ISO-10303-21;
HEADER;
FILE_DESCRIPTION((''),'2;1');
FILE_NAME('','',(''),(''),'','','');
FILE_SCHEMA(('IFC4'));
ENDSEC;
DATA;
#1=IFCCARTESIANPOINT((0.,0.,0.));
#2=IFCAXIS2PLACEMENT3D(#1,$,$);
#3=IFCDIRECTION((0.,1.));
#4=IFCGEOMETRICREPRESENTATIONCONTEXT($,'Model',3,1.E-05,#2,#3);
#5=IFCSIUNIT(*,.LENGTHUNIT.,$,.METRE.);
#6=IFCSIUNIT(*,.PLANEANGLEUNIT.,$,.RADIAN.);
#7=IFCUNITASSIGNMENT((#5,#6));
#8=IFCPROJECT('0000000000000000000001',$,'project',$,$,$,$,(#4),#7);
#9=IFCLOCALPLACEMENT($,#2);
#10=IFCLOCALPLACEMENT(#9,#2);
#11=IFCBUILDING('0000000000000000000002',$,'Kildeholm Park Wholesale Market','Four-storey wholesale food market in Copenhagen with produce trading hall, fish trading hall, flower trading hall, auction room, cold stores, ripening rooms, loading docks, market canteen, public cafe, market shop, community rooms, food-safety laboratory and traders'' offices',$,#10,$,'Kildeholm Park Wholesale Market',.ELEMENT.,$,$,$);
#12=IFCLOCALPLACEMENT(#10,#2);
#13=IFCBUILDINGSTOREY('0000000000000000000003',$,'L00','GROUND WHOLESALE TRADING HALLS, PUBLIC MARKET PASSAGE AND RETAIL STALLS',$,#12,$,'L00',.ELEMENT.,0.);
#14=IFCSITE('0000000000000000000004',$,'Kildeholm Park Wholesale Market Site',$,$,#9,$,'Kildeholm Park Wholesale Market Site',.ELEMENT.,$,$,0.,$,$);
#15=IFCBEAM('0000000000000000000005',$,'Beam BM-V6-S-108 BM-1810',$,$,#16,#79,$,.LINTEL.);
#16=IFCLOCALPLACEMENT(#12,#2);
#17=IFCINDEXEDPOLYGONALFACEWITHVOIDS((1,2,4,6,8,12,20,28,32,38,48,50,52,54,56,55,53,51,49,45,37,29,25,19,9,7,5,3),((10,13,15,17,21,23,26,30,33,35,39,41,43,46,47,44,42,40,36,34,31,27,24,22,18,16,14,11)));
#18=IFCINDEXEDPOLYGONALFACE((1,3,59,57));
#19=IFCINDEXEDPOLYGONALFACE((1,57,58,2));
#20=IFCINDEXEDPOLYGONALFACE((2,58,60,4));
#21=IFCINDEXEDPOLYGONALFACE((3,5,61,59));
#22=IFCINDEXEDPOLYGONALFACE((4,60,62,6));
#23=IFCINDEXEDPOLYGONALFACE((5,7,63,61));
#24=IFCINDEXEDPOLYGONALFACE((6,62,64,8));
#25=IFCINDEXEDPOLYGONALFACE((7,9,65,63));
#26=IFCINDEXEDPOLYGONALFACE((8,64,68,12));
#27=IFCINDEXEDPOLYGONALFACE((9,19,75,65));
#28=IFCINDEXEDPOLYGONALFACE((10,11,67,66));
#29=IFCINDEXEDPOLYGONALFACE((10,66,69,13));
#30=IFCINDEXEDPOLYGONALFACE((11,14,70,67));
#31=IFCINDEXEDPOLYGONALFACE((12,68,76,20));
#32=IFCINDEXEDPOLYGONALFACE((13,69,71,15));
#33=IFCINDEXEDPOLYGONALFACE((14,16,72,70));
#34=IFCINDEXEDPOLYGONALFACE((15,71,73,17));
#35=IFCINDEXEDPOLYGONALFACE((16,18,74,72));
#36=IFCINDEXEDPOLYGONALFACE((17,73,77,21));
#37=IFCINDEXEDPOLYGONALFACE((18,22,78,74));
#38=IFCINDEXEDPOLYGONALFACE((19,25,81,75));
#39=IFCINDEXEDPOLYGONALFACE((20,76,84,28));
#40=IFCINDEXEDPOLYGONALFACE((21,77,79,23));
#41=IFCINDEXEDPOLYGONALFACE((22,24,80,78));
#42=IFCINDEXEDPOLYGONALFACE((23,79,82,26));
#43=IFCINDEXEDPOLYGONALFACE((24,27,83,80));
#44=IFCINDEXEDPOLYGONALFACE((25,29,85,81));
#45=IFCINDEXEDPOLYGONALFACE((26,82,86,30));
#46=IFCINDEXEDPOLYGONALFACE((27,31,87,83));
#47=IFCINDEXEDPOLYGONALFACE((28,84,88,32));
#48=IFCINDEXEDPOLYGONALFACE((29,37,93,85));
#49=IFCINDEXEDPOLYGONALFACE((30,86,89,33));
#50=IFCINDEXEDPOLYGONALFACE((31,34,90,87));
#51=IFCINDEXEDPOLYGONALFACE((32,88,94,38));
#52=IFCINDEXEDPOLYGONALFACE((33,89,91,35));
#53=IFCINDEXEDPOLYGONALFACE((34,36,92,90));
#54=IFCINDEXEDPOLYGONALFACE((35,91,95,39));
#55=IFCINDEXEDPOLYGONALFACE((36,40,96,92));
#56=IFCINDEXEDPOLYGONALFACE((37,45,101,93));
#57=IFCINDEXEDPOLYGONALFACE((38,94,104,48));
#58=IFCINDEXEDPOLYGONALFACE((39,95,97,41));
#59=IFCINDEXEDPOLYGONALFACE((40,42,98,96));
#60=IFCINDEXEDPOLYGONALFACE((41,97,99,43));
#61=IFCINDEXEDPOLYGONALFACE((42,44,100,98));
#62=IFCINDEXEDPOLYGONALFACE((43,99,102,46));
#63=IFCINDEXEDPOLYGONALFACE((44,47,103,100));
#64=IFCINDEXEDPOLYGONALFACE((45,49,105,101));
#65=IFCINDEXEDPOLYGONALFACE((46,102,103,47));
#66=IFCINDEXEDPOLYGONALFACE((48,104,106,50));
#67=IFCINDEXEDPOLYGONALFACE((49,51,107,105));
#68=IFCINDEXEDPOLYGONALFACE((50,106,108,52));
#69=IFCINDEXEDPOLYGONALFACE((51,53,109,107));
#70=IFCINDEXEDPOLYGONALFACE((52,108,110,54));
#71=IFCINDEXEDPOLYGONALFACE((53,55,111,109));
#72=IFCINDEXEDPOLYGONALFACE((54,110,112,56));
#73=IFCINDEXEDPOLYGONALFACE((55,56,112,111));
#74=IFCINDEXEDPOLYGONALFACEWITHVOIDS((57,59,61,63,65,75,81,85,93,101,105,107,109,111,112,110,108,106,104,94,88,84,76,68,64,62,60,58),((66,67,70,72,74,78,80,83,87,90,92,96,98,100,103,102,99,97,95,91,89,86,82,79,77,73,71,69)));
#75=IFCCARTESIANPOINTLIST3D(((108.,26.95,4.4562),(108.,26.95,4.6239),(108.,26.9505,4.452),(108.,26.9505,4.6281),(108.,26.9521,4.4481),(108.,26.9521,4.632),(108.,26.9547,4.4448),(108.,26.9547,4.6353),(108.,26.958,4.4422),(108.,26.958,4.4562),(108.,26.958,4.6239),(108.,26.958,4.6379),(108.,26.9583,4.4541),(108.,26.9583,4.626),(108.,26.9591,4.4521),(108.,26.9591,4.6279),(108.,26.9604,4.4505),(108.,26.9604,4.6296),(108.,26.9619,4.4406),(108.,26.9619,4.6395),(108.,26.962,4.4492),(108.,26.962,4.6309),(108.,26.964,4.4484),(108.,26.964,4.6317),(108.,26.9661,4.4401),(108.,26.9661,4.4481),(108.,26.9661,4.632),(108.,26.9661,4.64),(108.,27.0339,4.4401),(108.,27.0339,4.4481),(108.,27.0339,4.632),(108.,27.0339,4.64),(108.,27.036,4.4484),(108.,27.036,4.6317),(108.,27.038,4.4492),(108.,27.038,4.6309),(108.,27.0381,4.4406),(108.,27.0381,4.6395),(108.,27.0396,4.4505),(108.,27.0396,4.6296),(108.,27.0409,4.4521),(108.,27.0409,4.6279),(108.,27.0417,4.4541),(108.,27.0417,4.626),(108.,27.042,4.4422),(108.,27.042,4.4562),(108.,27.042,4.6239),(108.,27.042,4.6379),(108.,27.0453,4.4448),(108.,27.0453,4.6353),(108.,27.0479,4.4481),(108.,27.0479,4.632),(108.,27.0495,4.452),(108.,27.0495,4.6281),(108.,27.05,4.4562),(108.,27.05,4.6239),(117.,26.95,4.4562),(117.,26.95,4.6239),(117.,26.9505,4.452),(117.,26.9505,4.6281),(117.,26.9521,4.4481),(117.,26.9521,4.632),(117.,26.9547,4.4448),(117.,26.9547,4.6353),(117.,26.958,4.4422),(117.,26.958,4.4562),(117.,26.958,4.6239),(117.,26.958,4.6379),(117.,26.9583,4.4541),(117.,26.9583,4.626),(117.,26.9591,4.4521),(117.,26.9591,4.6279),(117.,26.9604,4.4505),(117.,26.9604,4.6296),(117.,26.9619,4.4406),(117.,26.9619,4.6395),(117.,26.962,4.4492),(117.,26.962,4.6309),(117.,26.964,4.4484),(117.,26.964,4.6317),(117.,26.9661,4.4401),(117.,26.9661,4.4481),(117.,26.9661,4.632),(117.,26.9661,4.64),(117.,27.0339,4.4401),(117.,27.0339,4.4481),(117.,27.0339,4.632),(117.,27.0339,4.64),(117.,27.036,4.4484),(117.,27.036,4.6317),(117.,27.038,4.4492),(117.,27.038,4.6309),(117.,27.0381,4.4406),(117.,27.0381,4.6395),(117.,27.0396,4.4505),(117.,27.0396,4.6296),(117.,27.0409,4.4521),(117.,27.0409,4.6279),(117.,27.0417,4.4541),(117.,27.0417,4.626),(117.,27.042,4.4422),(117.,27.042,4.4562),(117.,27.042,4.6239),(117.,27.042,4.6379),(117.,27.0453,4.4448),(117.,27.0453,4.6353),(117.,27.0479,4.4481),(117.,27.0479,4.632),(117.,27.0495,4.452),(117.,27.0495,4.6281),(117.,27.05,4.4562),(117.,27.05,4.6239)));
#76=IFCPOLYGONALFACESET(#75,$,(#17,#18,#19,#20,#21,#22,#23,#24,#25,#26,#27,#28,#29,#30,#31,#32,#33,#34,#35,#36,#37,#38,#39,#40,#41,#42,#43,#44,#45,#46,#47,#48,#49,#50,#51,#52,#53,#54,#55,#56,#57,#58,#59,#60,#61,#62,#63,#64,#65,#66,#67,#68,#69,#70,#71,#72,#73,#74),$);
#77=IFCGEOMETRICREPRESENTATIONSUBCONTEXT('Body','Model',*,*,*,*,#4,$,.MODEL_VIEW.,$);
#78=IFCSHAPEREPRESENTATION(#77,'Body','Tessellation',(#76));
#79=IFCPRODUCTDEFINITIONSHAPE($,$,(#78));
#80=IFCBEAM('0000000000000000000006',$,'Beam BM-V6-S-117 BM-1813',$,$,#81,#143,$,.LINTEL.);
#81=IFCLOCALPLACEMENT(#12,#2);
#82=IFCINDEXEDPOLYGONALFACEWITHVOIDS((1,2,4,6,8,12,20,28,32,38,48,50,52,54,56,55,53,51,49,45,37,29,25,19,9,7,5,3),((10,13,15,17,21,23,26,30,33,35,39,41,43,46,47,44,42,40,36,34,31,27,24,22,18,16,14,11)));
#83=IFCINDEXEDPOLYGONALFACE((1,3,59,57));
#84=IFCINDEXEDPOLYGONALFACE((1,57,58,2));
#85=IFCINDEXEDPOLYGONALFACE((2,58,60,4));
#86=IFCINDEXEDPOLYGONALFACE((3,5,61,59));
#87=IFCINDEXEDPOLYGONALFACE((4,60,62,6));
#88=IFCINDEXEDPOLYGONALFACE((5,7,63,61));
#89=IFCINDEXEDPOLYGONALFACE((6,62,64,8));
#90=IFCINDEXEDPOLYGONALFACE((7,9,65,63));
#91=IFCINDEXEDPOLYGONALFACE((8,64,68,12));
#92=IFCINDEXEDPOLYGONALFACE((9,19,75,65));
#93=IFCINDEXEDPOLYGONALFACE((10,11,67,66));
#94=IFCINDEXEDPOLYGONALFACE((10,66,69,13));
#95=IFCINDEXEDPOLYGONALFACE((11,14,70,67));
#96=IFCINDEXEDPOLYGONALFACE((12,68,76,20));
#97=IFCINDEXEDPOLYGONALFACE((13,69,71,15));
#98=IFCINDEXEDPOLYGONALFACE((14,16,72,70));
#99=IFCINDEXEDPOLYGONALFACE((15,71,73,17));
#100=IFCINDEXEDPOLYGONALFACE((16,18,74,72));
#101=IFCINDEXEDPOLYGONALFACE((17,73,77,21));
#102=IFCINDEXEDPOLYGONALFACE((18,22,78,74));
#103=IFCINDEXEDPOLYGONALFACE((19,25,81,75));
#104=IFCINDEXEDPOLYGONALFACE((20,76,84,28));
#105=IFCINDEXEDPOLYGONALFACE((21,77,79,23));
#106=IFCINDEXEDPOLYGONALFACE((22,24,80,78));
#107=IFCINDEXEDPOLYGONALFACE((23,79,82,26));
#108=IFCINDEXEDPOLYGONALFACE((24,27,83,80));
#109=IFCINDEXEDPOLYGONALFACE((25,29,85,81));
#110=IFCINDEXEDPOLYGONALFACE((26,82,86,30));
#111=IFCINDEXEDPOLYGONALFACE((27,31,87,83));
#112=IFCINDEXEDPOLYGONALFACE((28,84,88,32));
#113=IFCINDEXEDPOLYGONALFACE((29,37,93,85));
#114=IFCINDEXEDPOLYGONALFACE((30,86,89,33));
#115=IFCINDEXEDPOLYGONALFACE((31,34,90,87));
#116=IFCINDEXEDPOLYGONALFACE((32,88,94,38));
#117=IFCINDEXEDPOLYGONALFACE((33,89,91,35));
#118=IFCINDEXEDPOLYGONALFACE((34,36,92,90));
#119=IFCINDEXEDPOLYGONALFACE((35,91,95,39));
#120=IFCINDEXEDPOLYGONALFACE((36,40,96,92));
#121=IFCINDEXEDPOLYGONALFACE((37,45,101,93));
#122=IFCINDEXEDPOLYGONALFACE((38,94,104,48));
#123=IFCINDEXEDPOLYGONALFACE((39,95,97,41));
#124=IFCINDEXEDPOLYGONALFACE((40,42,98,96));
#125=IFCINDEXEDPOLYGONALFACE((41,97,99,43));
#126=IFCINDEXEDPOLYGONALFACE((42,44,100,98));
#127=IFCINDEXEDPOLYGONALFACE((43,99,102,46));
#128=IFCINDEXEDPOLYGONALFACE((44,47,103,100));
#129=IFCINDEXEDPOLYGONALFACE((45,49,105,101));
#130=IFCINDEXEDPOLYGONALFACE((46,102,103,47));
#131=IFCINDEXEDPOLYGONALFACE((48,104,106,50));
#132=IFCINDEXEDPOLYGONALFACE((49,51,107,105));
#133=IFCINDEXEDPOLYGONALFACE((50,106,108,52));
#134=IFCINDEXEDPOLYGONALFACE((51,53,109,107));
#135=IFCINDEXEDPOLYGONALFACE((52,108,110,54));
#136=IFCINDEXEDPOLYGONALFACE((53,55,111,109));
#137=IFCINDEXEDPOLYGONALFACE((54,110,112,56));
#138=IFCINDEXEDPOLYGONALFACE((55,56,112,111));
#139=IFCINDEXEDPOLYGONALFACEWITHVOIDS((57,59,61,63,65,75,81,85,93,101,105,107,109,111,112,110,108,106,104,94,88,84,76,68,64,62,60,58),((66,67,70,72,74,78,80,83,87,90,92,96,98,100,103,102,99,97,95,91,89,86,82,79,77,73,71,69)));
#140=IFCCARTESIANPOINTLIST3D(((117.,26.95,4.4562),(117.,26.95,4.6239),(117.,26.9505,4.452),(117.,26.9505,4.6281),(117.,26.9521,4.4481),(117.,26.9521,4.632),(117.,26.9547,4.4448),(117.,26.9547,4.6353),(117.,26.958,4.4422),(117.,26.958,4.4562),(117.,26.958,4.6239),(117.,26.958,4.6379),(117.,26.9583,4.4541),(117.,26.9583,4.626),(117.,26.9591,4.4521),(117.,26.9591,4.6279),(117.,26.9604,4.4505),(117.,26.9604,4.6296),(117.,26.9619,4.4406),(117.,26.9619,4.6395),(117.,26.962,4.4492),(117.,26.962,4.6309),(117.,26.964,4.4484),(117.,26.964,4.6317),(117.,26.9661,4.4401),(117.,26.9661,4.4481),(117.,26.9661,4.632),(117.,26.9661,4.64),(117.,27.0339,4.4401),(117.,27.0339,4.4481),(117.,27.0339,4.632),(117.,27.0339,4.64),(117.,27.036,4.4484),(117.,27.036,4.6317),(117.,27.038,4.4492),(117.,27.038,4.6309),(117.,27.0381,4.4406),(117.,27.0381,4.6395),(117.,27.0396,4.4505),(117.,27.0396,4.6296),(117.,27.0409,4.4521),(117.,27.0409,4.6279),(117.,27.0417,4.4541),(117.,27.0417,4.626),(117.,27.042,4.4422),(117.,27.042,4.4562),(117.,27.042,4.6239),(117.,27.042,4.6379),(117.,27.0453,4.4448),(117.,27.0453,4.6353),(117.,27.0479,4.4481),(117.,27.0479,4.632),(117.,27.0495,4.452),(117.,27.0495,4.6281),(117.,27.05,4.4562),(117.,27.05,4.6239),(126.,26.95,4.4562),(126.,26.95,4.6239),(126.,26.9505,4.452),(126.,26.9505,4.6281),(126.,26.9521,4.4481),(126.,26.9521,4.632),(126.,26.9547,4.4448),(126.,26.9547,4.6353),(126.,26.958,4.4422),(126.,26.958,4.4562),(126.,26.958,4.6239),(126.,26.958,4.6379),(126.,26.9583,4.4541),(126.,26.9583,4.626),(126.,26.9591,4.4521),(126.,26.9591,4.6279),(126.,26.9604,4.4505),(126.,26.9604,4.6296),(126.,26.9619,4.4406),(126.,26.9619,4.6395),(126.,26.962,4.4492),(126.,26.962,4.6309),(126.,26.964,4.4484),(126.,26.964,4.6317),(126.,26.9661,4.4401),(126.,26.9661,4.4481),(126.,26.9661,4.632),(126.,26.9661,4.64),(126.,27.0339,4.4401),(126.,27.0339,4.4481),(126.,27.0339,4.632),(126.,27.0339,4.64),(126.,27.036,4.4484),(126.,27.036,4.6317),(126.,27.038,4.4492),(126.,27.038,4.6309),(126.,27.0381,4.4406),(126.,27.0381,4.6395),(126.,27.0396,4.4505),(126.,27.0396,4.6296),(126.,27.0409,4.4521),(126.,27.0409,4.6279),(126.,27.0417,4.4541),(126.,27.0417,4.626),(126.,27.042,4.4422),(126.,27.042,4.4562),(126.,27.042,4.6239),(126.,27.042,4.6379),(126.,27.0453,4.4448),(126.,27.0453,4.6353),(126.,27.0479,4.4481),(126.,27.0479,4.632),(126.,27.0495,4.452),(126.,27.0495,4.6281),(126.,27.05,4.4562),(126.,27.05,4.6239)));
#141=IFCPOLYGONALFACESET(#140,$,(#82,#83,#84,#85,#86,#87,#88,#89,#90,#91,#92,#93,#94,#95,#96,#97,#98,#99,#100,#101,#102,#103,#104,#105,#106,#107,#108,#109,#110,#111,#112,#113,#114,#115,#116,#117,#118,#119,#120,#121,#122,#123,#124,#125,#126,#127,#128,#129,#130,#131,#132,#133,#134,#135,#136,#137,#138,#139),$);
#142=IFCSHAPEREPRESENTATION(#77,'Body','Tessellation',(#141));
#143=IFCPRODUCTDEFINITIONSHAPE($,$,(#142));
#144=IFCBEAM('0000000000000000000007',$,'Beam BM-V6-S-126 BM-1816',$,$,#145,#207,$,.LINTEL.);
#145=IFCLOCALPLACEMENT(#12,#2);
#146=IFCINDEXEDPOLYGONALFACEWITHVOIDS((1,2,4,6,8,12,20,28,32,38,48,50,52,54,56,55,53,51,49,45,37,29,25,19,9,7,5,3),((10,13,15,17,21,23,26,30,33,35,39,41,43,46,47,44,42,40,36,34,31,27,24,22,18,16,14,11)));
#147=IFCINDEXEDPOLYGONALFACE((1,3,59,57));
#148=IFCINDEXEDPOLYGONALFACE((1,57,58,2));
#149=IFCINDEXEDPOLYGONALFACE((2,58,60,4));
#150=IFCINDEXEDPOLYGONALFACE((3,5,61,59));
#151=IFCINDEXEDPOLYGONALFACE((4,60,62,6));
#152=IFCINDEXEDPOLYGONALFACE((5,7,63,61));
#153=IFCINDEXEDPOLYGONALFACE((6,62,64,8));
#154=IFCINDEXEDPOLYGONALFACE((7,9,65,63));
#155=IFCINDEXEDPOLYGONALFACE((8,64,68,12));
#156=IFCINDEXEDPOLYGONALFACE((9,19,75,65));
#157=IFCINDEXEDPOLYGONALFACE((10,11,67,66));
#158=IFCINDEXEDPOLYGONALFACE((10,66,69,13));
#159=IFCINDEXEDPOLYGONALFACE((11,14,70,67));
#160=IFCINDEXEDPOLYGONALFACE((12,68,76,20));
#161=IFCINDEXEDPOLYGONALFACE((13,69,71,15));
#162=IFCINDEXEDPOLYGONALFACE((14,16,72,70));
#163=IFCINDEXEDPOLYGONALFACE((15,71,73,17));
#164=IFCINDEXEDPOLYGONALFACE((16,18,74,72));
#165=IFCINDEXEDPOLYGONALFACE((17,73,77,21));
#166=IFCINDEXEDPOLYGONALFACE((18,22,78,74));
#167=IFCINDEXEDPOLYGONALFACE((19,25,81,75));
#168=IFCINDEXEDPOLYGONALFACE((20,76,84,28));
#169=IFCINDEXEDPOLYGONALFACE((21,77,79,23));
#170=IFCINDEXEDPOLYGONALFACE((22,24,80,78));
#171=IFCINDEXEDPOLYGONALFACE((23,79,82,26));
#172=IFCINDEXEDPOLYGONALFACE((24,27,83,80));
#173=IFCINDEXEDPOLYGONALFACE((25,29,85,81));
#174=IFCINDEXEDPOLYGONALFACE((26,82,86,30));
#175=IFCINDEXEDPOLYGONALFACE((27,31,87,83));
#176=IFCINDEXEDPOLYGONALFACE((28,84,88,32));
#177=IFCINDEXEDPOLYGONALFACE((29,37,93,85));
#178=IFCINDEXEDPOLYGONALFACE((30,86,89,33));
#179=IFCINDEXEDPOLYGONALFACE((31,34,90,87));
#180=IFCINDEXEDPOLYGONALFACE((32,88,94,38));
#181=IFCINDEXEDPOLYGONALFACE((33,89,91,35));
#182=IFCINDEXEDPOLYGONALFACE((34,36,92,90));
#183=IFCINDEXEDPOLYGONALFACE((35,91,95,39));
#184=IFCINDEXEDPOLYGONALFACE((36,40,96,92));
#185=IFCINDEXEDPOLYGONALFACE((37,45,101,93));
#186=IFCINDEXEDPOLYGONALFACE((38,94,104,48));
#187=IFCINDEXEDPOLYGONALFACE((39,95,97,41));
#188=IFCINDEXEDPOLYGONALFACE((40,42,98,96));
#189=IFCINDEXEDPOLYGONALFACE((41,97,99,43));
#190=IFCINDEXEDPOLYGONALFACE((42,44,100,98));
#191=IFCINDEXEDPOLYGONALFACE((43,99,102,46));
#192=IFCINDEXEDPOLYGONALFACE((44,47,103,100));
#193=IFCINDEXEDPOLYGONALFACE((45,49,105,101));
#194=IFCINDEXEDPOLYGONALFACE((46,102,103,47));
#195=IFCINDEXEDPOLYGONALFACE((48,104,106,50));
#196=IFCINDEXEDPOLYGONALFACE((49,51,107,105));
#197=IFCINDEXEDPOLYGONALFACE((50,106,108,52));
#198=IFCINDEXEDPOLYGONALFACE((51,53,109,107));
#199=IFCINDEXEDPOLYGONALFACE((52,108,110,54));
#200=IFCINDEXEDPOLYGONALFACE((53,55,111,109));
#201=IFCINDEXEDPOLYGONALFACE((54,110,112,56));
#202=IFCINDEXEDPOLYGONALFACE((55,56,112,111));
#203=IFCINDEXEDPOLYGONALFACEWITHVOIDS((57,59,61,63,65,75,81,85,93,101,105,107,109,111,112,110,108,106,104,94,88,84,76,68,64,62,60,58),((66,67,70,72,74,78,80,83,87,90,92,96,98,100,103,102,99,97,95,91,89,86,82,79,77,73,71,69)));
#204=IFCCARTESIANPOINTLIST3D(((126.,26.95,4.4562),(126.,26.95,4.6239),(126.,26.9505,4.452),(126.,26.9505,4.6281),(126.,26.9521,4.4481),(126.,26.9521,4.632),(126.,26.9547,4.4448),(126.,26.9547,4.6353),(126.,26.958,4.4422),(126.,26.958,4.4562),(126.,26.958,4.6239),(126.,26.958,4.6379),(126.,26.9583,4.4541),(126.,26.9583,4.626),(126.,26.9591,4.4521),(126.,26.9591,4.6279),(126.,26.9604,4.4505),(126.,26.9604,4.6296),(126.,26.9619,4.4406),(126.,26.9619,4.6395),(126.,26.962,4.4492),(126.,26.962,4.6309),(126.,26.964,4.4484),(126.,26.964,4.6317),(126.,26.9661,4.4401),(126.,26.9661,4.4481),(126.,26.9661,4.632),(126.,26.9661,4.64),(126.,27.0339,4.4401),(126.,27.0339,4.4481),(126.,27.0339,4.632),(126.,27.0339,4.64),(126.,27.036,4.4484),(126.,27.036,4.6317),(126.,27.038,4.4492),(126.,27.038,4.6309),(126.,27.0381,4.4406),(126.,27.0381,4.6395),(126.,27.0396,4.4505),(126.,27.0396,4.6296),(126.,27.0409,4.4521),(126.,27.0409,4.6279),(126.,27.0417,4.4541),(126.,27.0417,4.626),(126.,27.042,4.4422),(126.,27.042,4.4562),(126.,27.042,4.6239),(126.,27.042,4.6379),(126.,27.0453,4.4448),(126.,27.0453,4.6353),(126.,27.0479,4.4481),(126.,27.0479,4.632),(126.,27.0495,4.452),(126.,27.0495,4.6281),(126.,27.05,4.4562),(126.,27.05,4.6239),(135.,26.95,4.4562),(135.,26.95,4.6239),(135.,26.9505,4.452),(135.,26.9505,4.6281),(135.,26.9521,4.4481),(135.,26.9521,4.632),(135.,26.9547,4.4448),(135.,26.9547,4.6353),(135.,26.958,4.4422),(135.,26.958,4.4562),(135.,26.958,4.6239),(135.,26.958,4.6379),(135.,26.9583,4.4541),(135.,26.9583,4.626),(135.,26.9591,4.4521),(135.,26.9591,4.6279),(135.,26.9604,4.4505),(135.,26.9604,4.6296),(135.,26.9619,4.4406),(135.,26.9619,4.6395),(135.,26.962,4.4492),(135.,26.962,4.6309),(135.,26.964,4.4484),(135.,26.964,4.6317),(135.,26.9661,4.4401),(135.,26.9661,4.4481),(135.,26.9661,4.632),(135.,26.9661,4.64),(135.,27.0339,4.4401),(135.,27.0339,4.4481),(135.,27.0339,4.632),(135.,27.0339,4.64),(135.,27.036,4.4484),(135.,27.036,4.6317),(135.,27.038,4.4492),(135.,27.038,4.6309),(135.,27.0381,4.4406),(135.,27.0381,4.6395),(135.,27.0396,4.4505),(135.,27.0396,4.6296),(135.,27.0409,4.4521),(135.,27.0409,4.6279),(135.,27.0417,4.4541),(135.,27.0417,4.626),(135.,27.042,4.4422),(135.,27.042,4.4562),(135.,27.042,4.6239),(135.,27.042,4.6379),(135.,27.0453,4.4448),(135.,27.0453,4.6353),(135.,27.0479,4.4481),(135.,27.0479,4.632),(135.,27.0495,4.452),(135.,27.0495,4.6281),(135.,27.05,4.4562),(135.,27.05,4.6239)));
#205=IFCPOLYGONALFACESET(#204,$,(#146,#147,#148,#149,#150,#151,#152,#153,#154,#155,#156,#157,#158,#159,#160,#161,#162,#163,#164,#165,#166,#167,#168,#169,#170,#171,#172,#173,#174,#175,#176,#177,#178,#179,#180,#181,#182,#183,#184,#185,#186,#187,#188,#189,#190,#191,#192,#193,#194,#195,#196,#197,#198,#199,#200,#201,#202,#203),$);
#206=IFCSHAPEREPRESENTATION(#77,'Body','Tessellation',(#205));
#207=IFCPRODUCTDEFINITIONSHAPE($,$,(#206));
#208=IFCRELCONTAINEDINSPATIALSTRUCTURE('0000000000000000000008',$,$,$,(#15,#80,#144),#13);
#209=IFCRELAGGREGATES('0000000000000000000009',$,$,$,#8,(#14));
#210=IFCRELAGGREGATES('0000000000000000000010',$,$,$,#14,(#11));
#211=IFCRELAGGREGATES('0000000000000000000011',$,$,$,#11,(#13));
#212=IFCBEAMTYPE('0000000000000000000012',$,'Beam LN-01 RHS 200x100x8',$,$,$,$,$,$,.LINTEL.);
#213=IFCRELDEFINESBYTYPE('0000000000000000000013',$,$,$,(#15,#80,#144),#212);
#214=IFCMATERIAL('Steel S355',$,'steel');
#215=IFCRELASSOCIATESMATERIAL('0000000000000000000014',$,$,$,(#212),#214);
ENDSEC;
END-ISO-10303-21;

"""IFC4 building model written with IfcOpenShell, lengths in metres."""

from ifc_helpers import new_model, si_unit, direction, frame, origin, origin_2d, place, context, subcontext, project, spatial, hollow_rectangle, extrude, material, material_profile, profile_set, type_object, element, save


model = new_model("IFC4")

# Units and contexts
model_context = context("Model", 3, precision=1e-05, world=origin(), true_north=direction((0.0, 1.0)))
body_context = subcontext(model_context, "Body", "Model", "MODEL_VIEW")
ifc_project = project(units=[si_unit("LENGTHUNIT", "METRE"), si_unit("PLANEANGLEUNIT", "RADIAN")], contexts=[model_context])

# Site, building, storey
site_placement = place(None, origin())
site = spatial("IfcSite", under=ifc_project, at=site_placement, Name="Kildeholm Park Wholesale Market Site", LongName="Kildeholm Park Wholesale Market Site", CompositionType="ELEMENT", RefElevation=0.0)
building_placement = place(site_placement, origin())
building = spatial("IfcBuilding", under=site, at=building_placement, Name="Kildeholm Park Wholesale Market", Description="Four-storey wholesale food market in Copenhagen with produce trading hall, fish trading hall, flower trading hall, auction room, cold stores, ripening rooms, loading docks, market canteen, public cafe, market shop, community rooms, food-safety laboratory and traders' offices", LongName="Kildeholm Park Wholesale Market", CompositionType="ELEMENT")
storey_placement = place(building_placement, origin())
storey = spatial("IfcBuildingStorey", under=building, at=storey_placement, Name="L00", Description="GROUND WHOLESALE TRADING HALLS, PUBLIC MARKET PASSAGE AND RETAIL STALLS", LongName="L00", CompositionType="ELEMENT", Elevation=0.0)

# Shared definitions
ifc_material_1 = material(Name="Steel S355", Category="steel")

# Beams
ifc_material_profile_1 = material_profile(ifc_material_1, hollow_rectangle(XDim=0.1001, YDim=0.2, WallThickness=0.0081, InnerFilletRadius=0.0081, OuterFilletRadius=0.0161, at=origin_2d()), Name="RHS 200x100x8")
ifc_profile_set_1 = profile_set([ifc_material_profile_1], Name="Steel S355")
beam_type_1 = type_object("IfcBeamType", Name="Beam LN-01 RHS 200x100x8", PredefinedType="LINTEL", material=ifc_profile_set_1)
for number, where, z_axis, x_axis, name in (
    (1, (108.0, 27.0, 4.54), (1.0, 0.0, 0.0), (0.0, 1.0, 0.0), "Beam BM-V6-S-108 BM-1810"),
    (2, (117.0, 27.0, 4.54), (1.0, 0.0, 0.0), (0.0, 1.0, 0.0), "Beam BM-V6-S-117 BM-1813"),
    (3, (126.0, 27.0, 4.54), (1.0, 0.0, 0.0), (0.0, 1.0, 0.0), "Beam BM-V6-S-126 BM-1816"),
):
    element("IfcBeam", number, at=place(storey_placement, frame(where, z_axis=z_axis, x_axis=x_axis)), inside=storey, type_object=beam_type_1, Name=name, PredefinedType="LINTEL", context=body_context, shape_type="SweptSolid", body=[
        extrude(hollow_rectangle(XDim=0.1001, YDim=0.2, WallThickness=0.0081, InnerFilletRadius=0.0081, OuterFilletRadius=0.0161, at=origin_2d()), origin(), (0.0, 0.0, 1.0), 9.0),
    ])

save(model, "model.ifc")
